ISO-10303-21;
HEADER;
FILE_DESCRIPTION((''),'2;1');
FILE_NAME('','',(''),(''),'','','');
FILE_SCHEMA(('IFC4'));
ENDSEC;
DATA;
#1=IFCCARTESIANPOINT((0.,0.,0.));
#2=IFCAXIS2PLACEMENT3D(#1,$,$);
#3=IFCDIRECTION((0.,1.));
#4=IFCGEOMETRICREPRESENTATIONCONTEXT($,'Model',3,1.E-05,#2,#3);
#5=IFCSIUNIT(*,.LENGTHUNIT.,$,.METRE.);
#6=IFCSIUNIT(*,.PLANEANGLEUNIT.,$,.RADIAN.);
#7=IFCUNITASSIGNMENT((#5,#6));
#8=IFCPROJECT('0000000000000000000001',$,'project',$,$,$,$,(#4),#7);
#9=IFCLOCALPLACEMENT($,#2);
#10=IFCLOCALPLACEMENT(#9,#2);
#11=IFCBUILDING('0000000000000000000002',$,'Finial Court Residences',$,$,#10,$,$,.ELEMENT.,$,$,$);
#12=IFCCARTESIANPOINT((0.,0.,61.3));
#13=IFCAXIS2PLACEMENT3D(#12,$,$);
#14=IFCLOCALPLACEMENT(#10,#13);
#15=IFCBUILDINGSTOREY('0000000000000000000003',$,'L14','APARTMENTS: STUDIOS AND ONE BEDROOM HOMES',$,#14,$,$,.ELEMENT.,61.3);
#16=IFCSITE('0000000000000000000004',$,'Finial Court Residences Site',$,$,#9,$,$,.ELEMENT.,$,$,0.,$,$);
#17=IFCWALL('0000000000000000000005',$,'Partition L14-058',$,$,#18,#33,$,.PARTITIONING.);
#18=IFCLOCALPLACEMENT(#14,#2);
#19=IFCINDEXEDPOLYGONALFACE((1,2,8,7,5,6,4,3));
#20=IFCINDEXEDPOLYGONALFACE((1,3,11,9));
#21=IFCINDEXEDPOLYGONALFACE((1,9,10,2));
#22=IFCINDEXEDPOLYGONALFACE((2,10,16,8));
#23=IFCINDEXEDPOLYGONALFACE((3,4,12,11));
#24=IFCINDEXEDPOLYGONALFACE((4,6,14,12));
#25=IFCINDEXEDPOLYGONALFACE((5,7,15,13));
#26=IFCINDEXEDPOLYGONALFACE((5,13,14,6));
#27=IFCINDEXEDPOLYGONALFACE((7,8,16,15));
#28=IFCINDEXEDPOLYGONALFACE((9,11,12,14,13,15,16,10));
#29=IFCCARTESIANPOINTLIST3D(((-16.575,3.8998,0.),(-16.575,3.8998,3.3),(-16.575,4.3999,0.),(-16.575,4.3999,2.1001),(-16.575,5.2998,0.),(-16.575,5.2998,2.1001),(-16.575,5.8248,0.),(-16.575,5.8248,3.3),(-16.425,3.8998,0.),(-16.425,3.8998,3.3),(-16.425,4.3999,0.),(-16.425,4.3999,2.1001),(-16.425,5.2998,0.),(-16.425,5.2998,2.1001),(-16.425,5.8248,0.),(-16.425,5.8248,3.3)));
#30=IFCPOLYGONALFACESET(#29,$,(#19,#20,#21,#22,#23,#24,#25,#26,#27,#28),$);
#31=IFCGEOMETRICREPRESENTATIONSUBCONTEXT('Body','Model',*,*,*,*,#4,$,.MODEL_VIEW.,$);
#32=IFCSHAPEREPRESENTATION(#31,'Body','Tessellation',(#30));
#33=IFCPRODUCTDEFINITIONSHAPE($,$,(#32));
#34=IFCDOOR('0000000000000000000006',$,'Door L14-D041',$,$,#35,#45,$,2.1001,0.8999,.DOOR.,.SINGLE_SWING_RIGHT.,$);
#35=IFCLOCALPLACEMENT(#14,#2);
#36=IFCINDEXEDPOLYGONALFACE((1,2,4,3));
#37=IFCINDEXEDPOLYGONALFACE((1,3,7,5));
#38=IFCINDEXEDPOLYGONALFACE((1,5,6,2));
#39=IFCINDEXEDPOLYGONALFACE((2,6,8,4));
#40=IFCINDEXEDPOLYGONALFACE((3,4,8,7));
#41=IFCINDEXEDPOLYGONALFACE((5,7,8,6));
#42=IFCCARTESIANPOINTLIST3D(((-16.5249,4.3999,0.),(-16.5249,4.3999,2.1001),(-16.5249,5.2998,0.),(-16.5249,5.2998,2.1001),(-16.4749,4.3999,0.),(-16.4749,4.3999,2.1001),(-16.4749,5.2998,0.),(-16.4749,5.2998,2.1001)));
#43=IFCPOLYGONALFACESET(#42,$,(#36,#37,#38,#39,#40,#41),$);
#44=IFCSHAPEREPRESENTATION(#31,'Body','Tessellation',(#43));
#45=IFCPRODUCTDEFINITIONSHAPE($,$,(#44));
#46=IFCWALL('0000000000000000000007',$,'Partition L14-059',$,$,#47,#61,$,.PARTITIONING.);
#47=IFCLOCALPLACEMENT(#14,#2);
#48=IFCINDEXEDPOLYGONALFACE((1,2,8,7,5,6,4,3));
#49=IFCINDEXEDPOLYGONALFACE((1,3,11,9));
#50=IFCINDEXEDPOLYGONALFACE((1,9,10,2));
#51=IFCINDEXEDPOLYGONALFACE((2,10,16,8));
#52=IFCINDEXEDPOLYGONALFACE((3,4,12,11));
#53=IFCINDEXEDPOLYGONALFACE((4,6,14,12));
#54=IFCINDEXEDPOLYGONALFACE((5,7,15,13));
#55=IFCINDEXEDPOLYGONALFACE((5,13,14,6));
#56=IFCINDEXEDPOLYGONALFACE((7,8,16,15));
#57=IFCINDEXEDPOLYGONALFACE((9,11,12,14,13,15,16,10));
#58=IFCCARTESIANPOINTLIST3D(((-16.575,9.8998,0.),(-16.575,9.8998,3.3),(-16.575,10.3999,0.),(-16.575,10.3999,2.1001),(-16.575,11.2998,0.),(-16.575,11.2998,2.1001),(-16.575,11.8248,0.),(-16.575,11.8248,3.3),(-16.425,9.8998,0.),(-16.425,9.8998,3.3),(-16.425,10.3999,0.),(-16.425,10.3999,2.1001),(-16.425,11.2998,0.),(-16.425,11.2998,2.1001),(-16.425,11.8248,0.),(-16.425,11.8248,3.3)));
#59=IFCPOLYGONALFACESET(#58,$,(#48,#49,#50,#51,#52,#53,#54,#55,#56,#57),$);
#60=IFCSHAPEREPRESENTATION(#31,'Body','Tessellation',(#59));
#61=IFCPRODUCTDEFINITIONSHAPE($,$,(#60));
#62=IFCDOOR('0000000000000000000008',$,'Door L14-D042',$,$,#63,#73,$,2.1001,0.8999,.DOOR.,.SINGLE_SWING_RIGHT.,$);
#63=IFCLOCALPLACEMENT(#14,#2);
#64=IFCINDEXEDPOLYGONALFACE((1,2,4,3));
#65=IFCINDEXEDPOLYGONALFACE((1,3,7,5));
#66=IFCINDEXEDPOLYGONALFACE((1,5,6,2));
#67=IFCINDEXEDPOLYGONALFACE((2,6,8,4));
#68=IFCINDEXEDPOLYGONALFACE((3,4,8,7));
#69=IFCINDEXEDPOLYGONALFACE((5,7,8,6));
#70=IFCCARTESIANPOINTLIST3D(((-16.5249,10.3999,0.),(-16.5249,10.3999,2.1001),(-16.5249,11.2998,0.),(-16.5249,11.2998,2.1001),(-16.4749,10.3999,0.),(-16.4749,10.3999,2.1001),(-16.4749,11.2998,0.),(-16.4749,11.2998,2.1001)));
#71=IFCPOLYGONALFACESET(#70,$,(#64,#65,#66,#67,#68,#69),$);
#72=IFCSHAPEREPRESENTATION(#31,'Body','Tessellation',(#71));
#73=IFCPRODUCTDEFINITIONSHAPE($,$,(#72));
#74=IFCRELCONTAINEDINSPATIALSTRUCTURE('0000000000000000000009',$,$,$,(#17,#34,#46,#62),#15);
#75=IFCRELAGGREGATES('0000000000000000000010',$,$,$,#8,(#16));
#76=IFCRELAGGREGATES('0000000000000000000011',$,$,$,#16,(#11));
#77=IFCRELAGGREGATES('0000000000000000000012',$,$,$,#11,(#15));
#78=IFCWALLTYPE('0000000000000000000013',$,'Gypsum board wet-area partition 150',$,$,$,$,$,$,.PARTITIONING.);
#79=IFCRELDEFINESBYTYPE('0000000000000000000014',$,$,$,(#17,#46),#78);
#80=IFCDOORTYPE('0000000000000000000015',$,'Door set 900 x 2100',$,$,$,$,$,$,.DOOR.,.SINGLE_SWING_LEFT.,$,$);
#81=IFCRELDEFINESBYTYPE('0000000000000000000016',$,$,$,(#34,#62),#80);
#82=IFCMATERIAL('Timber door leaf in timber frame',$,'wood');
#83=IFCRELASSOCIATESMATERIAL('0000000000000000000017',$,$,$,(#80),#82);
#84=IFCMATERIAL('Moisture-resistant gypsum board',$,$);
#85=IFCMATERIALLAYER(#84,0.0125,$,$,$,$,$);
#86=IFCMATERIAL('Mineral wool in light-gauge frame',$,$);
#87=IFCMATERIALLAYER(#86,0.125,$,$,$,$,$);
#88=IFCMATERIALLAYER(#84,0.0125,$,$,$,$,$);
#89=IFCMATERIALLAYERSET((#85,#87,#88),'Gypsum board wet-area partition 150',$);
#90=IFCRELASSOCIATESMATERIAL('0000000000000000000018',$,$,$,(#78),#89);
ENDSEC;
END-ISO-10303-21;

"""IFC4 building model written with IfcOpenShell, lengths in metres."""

from ifc_helpers import new_model, si_unit, direction, frame, frame_2d, origin, place, context, subcontext, project, spatial, rectangle, extrude, material, layer, layer_set, type_object, element, fill, save


model = new_model("IFC4")

# Units and contexts
model_context = context("Model", 3, precision=1e-05, world=origin(), true_north=direction((0.0, 1.0)))
body_context = subcontext(model_context, "Body", "Model", "MODEL_VIEW")
ifc_project = project(units=[si_unit("LENGTHUNIT", "METRE"), si_unit("PLANEANGLEUNIT", "RADIAN")], contexts=[model_context])

# Site, building, storey
site_placement = place(None, origin())
site = spatial("IfcSite", under=ifc_project, at=site_placement, Name="Finial Court Residences Site", CompositionType="ELEMENT", RefElevation=0.0)
building_placement = place(site_placement, origin())
building = spatial("IfcBuilding", under=site, at=building_placement, Name="Finial Court Residences", CompositionType="ELEMENT")
storey_placement = place(building_placement, frame((0.0, 0.0, 61.3)))
storey = spatial("IfcBuildingStorey", under=building, at=storey_placement, Name="L14", Description="APARTMENTS: STUDIOS AND ONE BEDROOM HOMES", CompositionType="ELEMENT", Elevation=61.3)

# Shared definitions
ifc_material_1 = material(Name="Mineral wool in light-gauge frame")
ifc_material_2 = material(Name="Timber door leaf in timber frame", Category="wood")
door_type = type_object("IfcDoorType", Name="Door set 900 x 2100", OperationType="SINGLE_SWING_LEFT", PredefinedType="DOOR", material=ifc_material_2)

# Shared definitions
ifc_material_3 = material(Name="Moisture-resistant gypsum board")
ifc_layer_1 = layer(ifc_material_3, 0.0125)
ifc_layer_2 = layer(ifc_material_1, 0.125)
ifc_layer_3 = layer(ifc_material_3, 0.0125)
ifc_layer_set_1 = layer_set([ifc_layer_1, ifc_layer_2, ifc_layer_3], Name="Gypsum board wet-area partition 150")
wall_type_1 = type_object("IfcWallType", Name="Gypsum board wet-area partition 150", PredefinedType="PARTITIONING", material=ifc_layer_set_1)

# Walls, openings, doors
wall_1_placement = place(storey_placement, frame((-16.5, 3.8999, 0.0), z_axis=(0.0, 0.0, 1.0), x_axis=(0.0, 1.0, 0.0)))
wall_1 = element("IfcWall", 1, at=wall_1_placement, inside=storey, type_object=wall_type_1, Name="Partition L14-058", PredefinedType="PARTITIONING", context=body_context, shape_type="SweptSolid", body=[
    extrude(rectangle(XDim=1.925, YDim=0.1499, at=frame_2d((0.9624, 0.0))), origin(), (0.0, 0.0, 1.0), 3.3),
])
opening_1_placement = place(wall_1_placement, frame((0.5, 0.0, 0.0)))
opening_1 = element("IfcOpeningElement", 2, at=opening_1_placement, cuts=wall_1, PredefinedType="OPENING", context=body_context, shape_type="SweptSolid", body=[
    extrude(rectangle(XDim=0.8999, YDim=2.1001, at=frame_2d((0.45, 1.05))), frame((0.0, 0.085, 0.0), z_axis=(0.0, -1.0, 0.0), x_axis=(1.0, 0.0, 0.0)), (0.0, 0.0, 1.0), 0.1699),
])
door_1_placement = place(opening_1_placement, origin())
door_1 = element("IfcDoor", 3, at=door_1_placement, inside=storey, type_object=door_type, Name="Door L14-D041", OperationType="SINGLE_SWING_RIGHT", OverallHeight=2.1001, OverallWidth=0.8999, PredefinedType="DOOR", context=body_context, shape_type="SweptSolid", body=[
    extrude(rectangle(XDim=0.8999, YDim=2.1001, at=frame_2d((0.45, 1.05))), frame((0.0, 0.0249, 0.0), z_axis=(0.0, -1.0, 0.0), x_axis=(1.0, 0.0, 0.0)), (0.0, 0.0, 1.0), 0.05),
])
fill(opening_1, door_1)
wall_2_placement = place(storey_placement, frame((-16.5, 9.8999, 0.0), z_axis=(0.0, 0.0, 1.0), x_axis=(0.0, 1.0, 0.0)))
wall_2 = element("IfcWall", 4, at=wall_2_placement, inside=storey, type_object=wall_type_1, Name="Partition L14-059", PredefinedType="PARTITIONING", context=body_context, shape_type="SweptSolid", body=[
    extrude(rectangle(XDim=1.925, YDim=0.1499, at=frame_2d((0.9624, 0.0))), origin(), (0.0, 0.0, 1.0), 3.3),
])
opening_2_placement = place(wall_2_placement, frame((0.5, 0.0, 0.0)))
opening_2 = element("IfcOpeningElement", 5, at=opening_2_placement, cuts=wall_2, PredefinedType="OPENING", context=body_context, shape_type="SweptSolid", body=[
    extrude(rectangle(XDim=0.8999, YDim=2.1001, at=frame_2d((0.45, 1.05))), frame((0.0, 0.085, 0.0), z_axis=(0.0, -1.0, 0.0), x_axis=(1.0, 0.0, 0.0)), (0.0, 0.0, 1.0), 0.1699),
])
door_2_placement = place(opening_2_placement, origin())
door_2 = element("IfcDoor", 6, at=door_2_placement, inside=storey, type_object=door_type, Name="Door L14-D042", OperationType="SINGLE_SWING_RIGHT", OverallHeight=2.1001, OverallWidth=0.8999, PredefinedType="DOOR", context=body_context, shape_type="SweptSolid", body=[
    extrude(rectangle(XDim=0.8999, YDim=2.1001, at=frame_2d((0.45, 1.05))), frame((0.0, 0.0249, 0.0), z_axis=(0.0, -1.0, 0.0), x_axis=(1.0, 0.0, 0.0)), (0.0, 0.0, 1.0), 0.05),
])
fill(opening_2, door_2)

save(model, "model.ifc")
